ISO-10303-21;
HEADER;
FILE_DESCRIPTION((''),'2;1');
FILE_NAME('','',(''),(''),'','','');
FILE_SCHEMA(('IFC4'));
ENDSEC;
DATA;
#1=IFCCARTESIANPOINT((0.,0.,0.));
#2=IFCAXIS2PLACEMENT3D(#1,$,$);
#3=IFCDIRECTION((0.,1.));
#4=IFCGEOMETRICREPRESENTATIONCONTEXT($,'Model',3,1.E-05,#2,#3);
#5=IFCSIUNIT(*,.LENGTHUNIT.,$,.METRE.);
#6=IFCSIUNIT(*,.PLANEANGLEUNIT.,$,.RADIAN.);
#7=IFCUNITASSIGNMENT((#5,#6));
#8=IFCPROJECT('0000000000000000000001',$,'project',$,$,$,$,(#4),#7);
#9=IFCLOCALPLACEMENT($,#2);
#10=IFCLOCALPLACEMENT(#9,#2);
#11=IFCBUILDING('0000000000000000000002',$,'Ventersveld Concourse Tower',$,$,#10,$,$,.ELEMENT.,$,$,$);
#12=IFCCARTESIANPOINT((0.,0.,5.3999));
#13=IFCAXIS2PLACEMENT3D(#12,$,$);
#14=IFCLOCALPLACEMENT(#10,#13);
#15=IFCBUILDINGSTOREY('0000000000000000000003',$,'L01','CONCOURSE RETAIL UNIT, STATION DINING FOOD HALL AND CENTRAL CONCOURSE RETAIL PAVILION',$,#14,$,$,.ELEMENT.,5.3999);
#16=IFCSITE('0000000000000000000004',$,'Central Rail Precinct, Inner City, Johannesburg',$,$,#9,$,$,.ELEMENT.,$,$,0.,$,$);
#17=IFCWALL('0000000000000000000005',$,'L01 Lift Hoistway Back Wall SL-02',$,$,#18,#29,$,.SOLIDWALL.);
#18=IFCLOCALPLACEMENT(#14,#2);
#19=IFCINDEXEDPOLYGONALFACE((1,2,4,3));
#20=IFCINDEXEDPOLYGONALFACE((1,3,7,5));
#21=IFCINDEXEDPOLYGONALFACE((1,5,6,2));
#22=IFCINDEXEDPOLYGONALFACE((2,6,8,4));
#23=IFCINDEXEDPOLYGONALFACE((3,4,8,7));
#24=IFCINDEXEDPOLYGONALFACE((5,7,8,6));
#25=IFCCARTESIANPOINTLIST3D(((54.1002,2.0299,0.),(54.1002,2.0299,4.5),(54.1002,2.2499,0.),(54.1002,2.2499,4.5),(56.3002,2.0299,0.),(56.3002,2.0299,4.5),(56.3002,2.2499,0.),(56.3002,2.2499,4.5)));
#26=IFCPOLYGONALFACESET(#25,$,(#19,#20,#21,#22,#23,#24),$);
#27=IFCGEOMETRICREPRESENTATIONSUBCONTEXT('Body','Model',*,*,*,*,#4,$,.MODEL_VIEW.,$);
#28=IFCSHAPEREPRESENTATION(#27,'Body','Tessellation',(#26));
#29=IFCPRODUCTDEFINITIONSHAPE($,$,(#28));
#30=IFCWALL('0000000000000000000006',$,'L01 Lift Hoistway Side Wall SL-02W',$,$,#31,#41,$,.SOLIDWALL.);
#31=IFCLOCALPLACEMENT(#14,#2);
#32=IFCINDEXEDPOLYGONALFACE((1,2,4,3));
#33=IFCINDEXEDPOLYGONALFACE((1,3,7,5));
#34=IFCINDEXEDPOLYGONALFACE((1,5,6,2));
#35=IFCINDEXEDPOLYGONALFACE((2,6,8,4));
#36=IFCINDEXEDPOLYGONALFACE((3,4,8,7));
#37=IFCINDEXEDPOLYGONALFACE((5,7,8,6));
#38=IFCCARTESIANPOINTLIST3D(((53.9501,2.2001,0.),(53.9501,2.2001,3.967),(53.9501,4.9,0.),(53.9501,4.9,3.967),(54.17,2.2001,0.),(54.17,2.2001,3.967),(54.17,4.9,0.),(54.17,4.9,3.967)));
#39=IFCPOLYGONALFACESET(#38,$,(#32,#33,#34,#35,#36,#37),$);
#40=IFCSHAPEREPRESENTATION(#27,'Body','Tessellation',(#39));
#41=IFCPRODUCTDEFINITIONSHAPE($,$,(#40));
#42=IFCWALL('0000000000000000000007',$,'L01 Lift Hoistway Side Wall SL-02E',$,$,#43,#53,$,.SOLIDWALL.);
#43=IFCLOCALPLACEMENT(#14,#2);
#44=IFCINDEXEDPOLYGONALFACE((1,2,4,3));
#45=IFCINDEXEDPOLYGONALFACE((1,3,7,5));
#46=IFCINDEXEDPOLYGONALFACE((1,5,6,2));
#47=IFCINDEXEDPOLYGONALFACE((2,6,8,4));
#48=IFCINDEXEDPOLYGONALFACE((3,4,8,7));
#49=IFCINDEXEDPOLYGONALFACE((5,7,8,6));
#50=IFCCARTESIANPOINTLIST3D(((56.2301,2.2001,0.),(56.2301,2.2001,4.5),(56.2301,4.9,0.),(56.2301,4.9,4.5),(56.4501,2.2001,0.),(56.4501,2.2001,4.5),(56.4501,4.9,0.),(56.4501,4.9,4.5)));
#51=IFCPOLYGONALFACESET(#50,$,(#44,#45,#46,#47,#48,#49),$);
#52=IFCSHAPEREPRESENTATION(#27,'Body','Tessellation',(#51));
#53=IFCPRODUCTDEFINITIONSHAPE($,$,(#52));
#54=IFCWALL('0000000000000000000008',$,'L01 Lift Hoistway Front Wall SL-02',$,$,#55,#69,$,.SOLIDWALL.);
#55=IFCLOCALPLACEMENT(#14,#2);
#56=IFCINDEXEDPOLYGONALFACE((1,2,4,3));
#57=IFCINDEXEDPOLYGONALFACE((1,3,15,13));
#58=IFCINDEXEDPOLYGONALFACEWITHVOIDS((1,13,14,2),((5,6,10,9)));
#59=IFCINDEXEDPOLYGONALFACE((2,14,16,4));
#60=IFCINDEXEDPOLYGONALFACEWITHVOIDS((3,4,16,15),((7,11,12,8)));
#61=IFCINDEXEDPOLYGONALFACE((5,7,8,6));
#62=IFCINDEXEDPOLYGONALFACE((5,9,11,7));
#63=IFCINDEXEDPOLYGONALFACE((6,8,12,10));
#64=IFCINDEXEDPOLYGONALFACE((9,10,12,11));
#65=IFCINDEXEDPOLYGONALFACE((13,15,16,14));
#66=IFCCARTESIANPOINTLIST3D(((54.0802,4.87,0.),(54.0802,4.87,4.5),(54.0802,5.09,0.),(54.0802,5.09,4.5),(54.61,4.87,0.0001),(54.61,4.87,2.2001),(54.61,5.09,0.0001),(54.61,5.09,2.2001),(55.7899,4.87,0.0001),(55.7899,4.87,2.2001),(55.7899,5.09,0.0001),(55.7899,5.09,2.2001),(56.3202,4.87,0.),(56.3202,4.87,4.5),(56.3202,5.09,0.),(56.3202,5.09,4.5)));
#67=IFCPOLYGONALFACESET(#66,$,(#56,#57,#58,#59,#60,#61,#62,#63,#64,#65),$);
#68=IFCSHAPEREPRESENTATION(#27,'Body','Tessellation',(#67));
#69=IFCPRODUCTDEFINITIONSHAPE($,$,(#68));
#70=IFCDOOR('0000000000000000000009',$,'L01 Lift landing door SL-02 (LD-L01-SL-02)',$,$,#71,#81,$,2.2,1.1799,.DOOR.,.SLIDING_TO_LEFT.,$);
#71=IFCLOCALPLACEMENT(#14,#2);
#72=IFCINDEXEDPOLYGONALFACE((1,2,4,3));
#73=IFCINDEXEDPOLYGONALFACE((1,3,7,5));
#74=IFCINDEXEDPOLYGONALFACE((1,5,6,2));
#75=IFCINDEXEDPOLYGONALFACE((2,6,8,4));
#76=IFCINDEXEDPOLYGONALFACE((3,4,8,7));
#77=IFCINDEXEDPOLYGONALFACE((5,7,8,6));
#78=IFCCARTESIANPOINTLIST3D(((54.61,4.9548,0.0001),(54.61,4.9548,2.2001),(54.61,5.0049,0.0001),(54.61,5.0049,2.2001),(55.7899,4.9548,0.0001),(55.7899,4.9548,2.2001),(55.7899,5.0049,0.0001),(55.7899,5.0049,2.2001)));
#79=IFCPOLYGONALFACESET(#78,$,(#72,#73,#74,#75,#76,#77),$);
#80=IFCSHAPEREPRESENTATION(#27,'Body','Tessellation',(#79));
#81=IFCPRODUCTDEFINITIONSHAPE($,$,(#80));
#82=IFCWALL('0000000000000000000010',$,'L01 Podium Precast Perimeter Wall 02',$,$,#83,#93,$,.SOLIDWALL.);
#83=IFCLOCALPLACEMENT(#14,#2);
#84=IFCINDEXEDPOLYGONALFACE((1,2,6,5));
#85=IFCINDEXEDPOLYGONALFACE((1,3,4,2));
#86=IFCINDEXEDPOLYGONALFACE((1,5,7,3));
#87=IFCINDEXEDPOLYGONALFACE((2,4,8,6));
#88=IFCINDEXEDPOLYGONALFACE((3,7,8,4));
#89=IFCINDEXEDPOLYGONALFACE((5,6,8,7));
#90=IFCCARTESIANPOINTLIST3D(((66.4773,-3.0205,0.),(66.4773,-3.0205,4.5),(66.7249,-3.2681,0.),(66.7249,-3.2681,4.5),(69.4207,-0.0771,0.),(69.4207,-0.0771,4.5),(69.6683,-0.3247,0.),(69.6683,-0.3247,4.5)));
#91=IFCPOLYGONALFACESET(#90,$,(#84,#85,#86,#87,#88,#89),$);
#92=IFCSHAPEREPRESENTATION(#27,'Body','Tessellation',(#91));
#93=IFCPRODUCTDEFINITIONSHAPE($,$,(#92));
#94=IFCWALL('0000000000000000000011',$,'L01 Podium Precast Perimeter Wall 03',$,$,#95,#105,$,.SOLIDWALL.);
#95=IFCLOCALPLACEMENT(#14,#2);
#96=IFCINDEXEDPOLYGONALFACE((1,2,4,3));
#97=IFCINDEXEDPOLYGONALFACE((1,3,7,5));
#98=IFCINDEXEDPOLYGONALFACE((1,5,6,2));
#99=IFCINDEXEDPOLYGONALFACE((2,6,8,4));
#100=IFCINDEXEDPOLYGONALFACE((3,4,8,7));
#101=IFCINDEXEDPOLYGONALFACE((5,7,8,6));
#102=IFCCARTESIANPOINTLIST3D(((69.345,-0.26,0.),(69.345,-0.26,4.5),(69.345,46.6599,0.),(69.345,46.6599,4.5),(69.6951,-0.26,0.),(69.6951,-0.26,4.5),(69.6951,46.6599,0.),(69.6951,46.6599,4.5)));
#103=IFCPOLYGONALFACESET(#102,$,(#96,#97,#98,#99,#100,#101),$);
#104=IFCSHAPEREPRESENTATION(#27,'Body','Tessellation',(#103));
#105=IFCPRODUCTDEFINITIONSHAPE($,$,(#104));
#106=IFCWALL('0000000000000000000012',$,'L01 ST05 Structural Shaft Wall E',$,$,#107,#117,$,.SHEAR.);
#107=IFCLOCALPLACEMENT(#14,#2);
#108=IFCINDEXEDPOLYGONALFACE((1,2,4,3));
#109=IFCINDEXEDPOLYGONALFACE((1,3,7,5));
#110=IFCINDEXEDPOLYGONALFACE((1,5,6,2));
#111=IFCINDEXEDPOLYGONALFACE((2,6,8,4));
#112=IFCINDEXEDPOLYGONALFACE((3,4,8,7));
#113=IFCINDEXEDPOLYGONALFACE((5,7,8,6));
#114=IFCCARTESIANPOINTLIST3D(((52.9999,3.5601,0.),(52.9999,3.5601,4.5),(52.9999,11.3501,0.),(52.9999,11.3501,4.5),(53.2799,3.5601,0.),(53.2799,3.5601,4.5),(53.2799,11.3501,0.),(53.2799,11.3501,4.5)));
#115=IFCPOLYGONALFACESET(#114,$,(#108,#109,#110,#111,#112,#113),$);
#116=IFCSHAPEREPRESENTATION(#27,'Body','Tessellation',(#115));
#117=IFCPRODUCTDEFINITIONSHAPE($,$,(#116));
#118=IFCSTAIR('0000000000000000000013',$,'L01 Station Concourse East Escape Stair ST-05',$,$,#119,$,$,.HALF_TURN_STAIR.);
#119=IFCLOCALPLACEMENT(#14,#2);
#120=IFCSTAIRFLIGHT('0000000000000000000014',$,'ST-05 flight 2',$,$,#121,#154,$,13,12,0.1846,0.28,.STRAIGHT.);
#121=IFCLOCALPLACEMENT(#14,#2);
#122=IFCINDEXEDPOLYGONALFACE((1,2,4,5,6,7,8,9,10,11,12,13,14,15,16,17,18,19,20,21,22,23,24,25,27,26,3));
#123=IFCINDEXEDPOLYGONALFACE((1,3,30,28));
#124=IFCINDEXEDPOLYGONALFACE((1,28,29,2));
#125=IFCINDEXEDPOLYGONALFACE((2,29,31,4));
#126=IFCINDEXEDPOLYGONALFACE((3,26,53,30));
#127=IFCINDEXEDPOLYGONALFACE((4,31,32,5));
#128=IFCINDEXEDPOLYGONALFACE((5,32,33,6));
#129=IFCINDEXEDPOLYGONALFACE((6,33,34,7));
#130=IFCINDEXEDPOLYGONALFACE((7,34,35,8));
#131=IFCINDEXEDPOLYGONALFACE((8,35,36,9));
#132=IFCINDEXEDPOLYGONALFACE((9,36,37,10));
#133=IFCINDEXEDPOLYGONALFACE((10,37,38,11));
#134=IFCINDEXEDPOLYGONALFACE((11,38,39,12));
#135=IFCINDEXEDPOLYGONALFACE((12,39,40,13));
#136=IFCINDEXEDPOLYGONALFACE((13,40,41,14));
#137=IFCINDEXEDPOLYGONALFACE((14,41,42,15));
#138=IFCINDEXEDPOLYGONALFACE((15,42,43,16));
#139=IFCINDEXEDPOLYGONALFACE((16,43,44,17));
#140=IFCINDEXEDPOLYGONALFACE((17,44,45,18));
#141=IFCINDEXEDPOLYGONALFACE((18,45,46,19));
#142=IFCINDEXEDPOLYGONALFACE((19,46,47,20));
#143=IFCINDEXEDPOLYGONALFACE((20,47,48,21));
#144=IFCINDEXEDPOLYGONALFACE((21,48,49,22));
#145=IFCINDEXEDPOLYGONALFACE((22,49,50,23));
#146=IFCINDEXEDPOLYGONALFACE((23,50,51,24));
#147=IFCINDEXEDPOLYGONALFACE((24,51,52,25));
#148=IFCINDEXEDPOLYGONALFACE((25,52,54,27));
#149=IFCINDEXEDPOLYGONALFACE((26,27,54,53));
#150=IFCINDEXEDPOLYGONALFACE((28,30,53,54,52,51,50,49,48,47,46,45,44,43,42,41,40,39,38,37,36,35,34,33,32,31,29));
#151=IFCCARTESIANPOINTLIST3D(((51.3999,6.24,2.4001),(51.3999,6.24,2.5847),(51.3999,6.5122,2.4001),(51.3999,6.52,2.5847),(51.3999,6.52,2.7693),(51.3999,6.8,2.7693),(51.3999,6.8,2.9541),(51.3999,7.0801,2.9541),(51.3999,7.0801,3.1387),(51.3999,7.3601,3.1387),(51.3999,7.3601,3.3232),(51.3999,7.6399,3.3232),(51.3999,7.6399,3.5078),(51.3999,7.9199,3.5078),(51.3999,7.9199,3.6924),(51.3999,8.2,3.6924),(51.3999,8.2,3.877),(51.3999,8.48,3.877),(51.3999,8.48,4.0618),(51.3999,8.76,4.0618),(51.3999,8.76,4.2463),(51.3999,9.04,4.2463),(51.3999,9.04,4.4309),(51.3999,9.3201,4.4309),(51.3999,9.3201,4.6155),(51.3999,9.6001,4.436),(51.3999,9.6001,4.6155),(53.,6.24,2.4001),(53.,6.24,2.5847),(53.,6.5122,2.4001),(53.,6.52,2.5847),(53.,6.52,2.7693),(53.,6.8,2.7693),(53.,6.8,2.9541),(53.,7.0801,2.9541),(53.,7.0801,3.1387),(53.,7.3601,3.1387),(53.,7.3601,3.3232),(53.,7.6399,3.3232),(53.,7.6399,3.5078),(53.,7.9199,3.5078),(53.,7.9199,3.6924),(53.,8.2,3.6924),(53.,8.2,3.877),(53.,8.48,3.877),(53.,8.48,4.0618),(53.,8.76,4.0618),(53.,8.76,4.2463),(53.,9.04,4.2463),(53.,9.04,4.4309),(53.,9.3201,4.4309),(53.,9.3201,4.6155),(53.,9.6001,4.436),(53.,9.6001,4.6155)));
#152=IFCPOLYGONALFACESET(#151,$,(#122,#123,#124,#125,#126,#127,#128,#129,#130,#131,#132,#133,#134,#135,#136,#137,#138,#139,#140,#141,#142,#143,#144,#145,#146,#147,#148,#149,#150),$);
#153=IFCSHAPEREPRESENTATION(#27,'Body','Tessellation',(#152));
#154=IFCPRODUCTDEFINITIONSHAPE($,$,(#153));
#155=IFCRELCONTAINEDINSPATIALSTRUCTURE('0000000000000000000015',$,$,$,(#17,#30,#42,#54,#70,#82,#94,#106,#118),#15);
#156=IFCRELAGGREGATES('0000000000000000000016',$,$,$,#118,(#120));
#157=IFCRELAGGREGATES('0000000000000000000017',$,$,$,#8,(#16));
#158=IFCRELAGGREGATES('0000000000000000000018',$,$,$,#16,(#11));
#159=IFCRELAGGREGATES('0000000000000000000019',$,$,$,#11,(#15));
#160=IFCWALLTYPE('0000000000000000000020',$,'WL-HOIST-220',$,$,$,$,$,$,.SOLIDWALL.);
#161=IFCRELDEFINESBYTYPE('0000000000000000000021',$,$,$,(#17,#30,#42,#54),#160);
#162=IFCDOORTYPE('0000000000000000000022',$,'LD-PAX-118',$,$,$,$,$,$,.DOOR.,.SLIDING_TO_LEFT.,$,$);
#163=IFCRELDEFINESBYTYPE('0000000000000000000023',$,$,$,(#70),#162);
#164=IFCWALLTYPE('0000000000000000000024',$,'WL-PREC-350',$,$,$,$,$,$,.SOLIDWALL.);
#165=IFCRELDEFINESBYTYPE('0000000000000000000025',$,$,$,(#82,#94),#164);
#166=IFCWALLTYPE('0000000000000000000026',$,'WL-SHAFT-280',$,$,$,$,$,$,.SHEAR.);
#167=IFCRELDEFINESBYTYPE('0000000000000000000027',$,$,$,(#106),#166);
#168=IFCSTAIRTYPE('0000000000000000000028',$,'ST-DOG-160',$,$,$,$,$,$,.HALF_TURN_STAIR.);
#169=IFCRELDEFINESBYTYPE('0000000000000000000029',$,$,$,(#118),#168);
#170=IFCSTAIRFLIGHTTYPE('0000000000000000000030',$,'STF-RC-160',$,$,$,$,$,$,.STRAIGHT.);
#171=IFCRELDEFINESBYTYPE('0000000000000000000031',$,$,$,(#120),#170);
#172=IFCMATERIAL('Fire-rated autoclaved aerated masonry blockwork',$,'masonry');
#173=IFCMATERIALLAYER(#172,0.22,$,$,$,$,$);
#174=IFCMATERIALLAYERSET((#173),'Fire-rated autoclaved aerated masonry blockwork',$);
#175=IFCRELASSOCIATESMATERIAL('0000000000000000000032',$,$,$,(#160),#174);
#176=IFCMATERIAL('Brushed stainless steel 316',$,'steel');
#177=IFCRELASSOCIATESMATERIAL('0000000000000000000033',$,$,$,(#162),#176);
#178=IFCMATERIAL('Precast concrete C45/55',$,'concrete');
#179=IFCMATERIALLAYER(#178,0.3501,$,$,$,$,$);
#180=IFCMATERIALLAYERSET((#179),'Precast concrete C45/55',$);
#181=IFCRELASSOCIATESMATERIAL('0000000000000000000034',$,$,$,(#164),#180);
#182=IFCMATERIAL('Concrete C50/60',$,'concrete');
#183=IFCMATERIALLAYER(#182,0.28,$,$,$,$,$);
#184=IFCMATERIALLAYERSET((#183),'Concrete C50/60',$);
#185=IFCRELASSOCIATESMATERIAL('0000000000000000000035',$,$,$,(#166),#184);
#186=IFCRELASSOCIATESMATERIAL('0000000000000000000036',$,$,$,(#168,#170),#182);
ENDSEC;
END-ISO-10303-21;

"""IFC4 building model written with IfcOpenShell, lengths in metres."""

from ifc_helpers import new_model, si_unit, direction, frame, frame_2d, origin, place, context, subcontext, project, spatial, polyline, rectangle, outline, extrude, material, layer, layer_set, type_object, element, fill, aggregate, save


model = new_model("IFC4")

# Units and contexts
model_context = context("Model", 3, precision=1e-05, world=origin(), true_north=direction((0.0, 1.0)))
body_context = subcontext(model_context, "Body", "Model", "MODEL_VIEW")
ifc_project = project(units=[si_unit("LENGTHUNIT", "METRE"), si_unit("PLANEANGLEUNIT", "RADIAN")], contexts=[model_context])

# Site, building, storey
site_placement = place(None, origin())
site = spatial("IfcSite", under=ifc_project, at=site_placement, Name="Central Rail Precinct, Inner City, Johannesburg", CompositionType="ELEMENT", RefElevation=0.0)
building_placement = place(site_placement, origin())
building = spatial("IfcBuilding", under=site, at=building_placement, Name="Ventersveld Concourse Tower", CompositionType="ELEMENT")
storey_placement = place(building_placement, frame((0.0, 0.0, 5.3999)))
storey = spatial("IfcBuildingStorey", under=building, at=storey_placement, Name="L01", Description="CONCOURSE RETAIL UNIT, STATION DINING FOOD HALL AND CENTRAL CONCOURSE RETAIL PAVILION", CompositionType="ELEMENT", Elevation=5.3999)

# Walls
ifc_material_1 = material(Name="Fire-rated autoclaved aerated masonry blockwork", Category="masonry")
ifc_layer_1 = layer(ifc_material_1, 0.22)
ifc_layer_set_1 = layer_set([ifc_layer_1], Name="Fire-rated autoclaved aerated masonry blockwork")
wall_type_1 = type_object("IfcWallType", Name="WL-HOIST-220", PredefinedType="SOLIDWALL", material=ifc_layer_set_1)
wall_1_placement = place(storey_placement, frame((54.1001, 2.1399, 0.0), z_axis=(0.0, 0.0, 1.0), x_axis=(1.0, 0.0, 0.0)))
element("IfcWall", 1, at=wall_1_placement, inside=storey, type_object=wall_type_1, Name="L01 Lift Hoistway Back Wall SL-02", PredefinedType="SOLIDWALL", context=body_context, shape_type="SweptSolid", body=[
    extrude(rectangle(XDim=2.2, YDim=0.22, at=frame_2d((1.1001, 0.0))), origin(), (0.0, 0.0, 1.0), 4.5),
])
wall_2_placement = place(storey_placement, frame((54.0601, 2.2, 0.0), z_axis=(0.0, 0.0, 1.0), x_axis=(0.0, 1.0, 0.0)))
element("IfcWall", 2, at=wall_2_placement, inside=storey, type_object=wall_type_1, Name="L01 Lift Hoistway Side Wall SL-02W", PredefinedType="SOLIDWALL", context=body_context, shape_type="SweptSolid", body=[
    extrude(rectangle(XDim=2.7, YDim=0.22, at=frame_2d((1.3501, 0.0))), origin(), (0.0, 0.0, 1.0), 3.967),
])
wall_3_placement = place(storey_placement, frame((56.3401, 2.2, 0.0), z_axis=(0.0, 0.0, 1.0), x_axis=(0.0, 1.0, 0.0)))
element("IfcWall", 3, at=wall_3_placement, inside=storey, type_object=wall_type_1, Name="L01 Lift Hoistway Side Wall SL-02E", PredefinedType="SOLIDWALL", context=body_context, shape_type="SweptSolid", body=[
    extrude(rectangle(XDim=2.7, YDim=0.22, at=frame_2d((1.3501, 0.0))), origin(), (0.0, 0.0, 1.0), 4.5),
])

# Wall, opening, door
wall_4_placement = place(storey_placement, frame((54.0801, 4.98, 0.0), z_axis=(0.0, 0.0, 1.0), x_axis=(1.0, 0.0, 0.0)))
wall_4 = element("IfcWall", 4, at=wall_4_placement, inside=storey, type_object=wall_type_1, Name="L01 Lift Hoistway Front Wall SL-02", PredefinedType="SOLIDWALL", context=body_context, shape_type="SweptSolid", body=[
    extrude(rectangle(XDim=2.24, YDim=0.22, at=frame_2d((1.1201, 0.0))), origin(), (0.0, 0.0, 1.0), 4.5),
])
opening_placement = place(wall_4_placement, frame((0.53, 0.0, 0.0)))
opening = element("IfcOpeningElement", 5, at=opening_placement, cuts=wall_4, PredefinedType="OPENING", context=body_context, shape_type="SweptSolid", body=[
    extrude(rectangle(XDim=1.1799, YDim=2.2, at=frame_2d((0.5898, 1.1001))), frame((0.0, 0.1201, 0.0), z_axis=(0.0, -1.0, 0.0), x_axis=(1.0, 0.0, 0.0)), (0.0, 0.0, 1.0), 0.24),
])
ifc_material_2 = material(Name="Brushed stainless steel 316", Category="steel")
door_type = type_object("IfcDoorType", Name="LD-PAX-118", OperationType="SLIDING_TO_LEFT", PredefinedType="DOOR", material=ifc_material_2)
door_placement = place(opening_placement, origin())
door = element("IfcDoor", 6, at=door_placement, inside=storey, type_object=door_type, Name="L01 Lift landing door SL-02 (LD-L01-SL-02)", OperationType="SLIDING_TO_LEFT", OverallHeight=2.2, OverallWidth=1.1799, PredefinedType="DOOR", context=body_context, shape_type="SweptSolid", body=[
    extrude(rectangle(XDim=1.1799, YDim=2.2, at=frame_2d((0.5898, 1.1001))), frame((0.0, 0.0249, 0.0), z_axis=(0.0, -1.0, 0.0), x_axis=(1.0, 0.0, 0.0)), (0.0, 0.0, 1.0), 0.05),
])
fill(opening, door)

# Walls
ifc_material_3 = material(Name="Precast concrete C45/55", Category="concrete")
ifc_layer_2 = layer(ifc_material_3, 0.3501)
ifc_layer_set_2 = layer_set([ifc_layer_2], Name="Precast concrete C45/55")
wall_type_2 = type_object("IfcWallType", Name="WL-PREC-350", PredefinedType="SOLIDWALL", material=ifc_layer_set_2)
wall_5_placement = place(storey_placement, frame((66.6011, -3.1443, 0.0), z_axis=(0.0, 0.0, 1.0), x_axis=(0.707107, 0.707107, 0.0)))
element("IfcWall", 7, at=wall_5_placement, inside=storey, type_object=wall_type_2, Name="L01 Podium Precast Perimeter Wall 02", PredefinedType="SOLIDWALL", context=body_context, shape_type="SweptSolid", body=[
    extrude(rectangle(XDim=4.1626, YDim=0.3501, at=frame_2d((2.0813, 0.0))), origin(), (0.0, 0.0, 1.0), 4.5),
])
wall_6_placement = place(storey_placement, frame((69.52, -0.26, 0.0), z_axis=(0.0, 0.0, 1.0), x_axis=(0.0, 1.0, 0.0)))
element("IfcWall", 8, at=wall_6_placement, inside=storey, type_object=wall_type_2, Name="L01 Podium Precast Perimeter Wall 03", PredefinedType="SOLIDWALL", context=body_context, shape_type="SweptSolid", body=[
    extrude(rectangle(XDim=46.9199, YDim=0.3501, at=frame_2d((23.46, 0.0))), origin(), (0.0, 0.0, 1.0), 4.5),
])
ifc_material_4 = material(Name="Concrete C50/60", Category="concrete")
ifc_layer_3 = layer(ifc_material_4, 0.28)
ifc_layer_set_3 = layer_set([ifc_layer_3], Name="Concrete C50/60")
wall_type_3 = type_object("IfcWallType", Name="WL-SHAFT-280", PredefinedType="SHEAR", material=ifc_layer_set_3)
wall_7_placement = place(storey_placement, frame((53.1399, 3.5601, 0.0), z_axis=(0.0, 0.0, 1.0), x_axis=(0.0, 1.0, 0.0)))
element("IfcWall", 9, at=wall_7_placement, inside=storey, type_object=wall_type_3, Name="L01 ST05 Structural Shaft Wall E", PredefinedType="SHEAR", context=body_context, shape_type="SweptSolid", body=[
    extrude(rectangle(XDim=7.79, YDim=0.28, at=frame_2d((3.895, 0.0))), origin(), (0.0, 0.0, 1.0), 4.5),
])

# Stair, stair flight
stair_type = type_object("IfcStairType", Name="ST-DOG-160", PredefinedType="HALF_TURN_STAIR", material=ifc_material_4)
stair_placement = place(storey_placement, origin())
stair = element("IfcStair", 10, at=stair_placement, inside=storey, type_object=stair_type, Name="L01 Station Concourse East Escape Stair ST-05", PredefinedType="HALF_TURN_STAIR")
stair_flight_type = type_object("IfcStairFlightType", Name="STF-RC-160", PredefinedType="STRAIGHT", material=ifc_material_4)
stair_flight_placement = place(storey_placement, frame((52.2, 6.24, 2.4001), z_axis=(0.0, 0.0, 1.0), x_axis=(0.0, 1.0, 0.0)))
stair_flight = element("IfcStairFlight", 11, at=stair_flight_placement, type_object=stair_flight_type, Name="ST-05 flight 2", NumberOfRisers=13, NumberOfTreads=12, PredefinedType="STRAIGHT", RiserHeight=0.1846, TreadLength=0.28, context=body_context, shape_type="SweptSolid", body=[
    extrude(outline(polyline([(0.0, 0.0), (0.0, 0.1846), (0.28, 0.1846), (0.28, 0.3691), (0.5601, 0.3691), (0.5601, 0.554), (0.8401, 0.554), (0.8401, 0.7385), (1.1201, 0.7385), (1.1201, 0.9231), (1.3999, 0.9231), (1.3999, 1.1077), (1.6799, 1.1077), (1.6799, 1.2922), (1.96, 1.2922), (1.96, 1.4768), (2.24, 1.4768), (2.24, 1.6616), (2.52, 1.6616), (2.52, 1.8462), (2.8, 1.8462), (2.8, 2.0308), (3.0801, 2.0308), (3.0801, 2.2153), (3.3601, 2.2153), (3.3601, 2.3999), (3.3601, 2.0359), (0.2722, 0.0), (0.0, 0.0)])), frame((0.0, 0.8, 0.0), z_axis=(0.0, -1.0, 0.0), x_axis=(1.0, 0.0, 0.0)), (0.0, 0.0, 1.0), 1.6001),
])
aggregate(stair, [stair_flight])

save(model, "model.ifc")
